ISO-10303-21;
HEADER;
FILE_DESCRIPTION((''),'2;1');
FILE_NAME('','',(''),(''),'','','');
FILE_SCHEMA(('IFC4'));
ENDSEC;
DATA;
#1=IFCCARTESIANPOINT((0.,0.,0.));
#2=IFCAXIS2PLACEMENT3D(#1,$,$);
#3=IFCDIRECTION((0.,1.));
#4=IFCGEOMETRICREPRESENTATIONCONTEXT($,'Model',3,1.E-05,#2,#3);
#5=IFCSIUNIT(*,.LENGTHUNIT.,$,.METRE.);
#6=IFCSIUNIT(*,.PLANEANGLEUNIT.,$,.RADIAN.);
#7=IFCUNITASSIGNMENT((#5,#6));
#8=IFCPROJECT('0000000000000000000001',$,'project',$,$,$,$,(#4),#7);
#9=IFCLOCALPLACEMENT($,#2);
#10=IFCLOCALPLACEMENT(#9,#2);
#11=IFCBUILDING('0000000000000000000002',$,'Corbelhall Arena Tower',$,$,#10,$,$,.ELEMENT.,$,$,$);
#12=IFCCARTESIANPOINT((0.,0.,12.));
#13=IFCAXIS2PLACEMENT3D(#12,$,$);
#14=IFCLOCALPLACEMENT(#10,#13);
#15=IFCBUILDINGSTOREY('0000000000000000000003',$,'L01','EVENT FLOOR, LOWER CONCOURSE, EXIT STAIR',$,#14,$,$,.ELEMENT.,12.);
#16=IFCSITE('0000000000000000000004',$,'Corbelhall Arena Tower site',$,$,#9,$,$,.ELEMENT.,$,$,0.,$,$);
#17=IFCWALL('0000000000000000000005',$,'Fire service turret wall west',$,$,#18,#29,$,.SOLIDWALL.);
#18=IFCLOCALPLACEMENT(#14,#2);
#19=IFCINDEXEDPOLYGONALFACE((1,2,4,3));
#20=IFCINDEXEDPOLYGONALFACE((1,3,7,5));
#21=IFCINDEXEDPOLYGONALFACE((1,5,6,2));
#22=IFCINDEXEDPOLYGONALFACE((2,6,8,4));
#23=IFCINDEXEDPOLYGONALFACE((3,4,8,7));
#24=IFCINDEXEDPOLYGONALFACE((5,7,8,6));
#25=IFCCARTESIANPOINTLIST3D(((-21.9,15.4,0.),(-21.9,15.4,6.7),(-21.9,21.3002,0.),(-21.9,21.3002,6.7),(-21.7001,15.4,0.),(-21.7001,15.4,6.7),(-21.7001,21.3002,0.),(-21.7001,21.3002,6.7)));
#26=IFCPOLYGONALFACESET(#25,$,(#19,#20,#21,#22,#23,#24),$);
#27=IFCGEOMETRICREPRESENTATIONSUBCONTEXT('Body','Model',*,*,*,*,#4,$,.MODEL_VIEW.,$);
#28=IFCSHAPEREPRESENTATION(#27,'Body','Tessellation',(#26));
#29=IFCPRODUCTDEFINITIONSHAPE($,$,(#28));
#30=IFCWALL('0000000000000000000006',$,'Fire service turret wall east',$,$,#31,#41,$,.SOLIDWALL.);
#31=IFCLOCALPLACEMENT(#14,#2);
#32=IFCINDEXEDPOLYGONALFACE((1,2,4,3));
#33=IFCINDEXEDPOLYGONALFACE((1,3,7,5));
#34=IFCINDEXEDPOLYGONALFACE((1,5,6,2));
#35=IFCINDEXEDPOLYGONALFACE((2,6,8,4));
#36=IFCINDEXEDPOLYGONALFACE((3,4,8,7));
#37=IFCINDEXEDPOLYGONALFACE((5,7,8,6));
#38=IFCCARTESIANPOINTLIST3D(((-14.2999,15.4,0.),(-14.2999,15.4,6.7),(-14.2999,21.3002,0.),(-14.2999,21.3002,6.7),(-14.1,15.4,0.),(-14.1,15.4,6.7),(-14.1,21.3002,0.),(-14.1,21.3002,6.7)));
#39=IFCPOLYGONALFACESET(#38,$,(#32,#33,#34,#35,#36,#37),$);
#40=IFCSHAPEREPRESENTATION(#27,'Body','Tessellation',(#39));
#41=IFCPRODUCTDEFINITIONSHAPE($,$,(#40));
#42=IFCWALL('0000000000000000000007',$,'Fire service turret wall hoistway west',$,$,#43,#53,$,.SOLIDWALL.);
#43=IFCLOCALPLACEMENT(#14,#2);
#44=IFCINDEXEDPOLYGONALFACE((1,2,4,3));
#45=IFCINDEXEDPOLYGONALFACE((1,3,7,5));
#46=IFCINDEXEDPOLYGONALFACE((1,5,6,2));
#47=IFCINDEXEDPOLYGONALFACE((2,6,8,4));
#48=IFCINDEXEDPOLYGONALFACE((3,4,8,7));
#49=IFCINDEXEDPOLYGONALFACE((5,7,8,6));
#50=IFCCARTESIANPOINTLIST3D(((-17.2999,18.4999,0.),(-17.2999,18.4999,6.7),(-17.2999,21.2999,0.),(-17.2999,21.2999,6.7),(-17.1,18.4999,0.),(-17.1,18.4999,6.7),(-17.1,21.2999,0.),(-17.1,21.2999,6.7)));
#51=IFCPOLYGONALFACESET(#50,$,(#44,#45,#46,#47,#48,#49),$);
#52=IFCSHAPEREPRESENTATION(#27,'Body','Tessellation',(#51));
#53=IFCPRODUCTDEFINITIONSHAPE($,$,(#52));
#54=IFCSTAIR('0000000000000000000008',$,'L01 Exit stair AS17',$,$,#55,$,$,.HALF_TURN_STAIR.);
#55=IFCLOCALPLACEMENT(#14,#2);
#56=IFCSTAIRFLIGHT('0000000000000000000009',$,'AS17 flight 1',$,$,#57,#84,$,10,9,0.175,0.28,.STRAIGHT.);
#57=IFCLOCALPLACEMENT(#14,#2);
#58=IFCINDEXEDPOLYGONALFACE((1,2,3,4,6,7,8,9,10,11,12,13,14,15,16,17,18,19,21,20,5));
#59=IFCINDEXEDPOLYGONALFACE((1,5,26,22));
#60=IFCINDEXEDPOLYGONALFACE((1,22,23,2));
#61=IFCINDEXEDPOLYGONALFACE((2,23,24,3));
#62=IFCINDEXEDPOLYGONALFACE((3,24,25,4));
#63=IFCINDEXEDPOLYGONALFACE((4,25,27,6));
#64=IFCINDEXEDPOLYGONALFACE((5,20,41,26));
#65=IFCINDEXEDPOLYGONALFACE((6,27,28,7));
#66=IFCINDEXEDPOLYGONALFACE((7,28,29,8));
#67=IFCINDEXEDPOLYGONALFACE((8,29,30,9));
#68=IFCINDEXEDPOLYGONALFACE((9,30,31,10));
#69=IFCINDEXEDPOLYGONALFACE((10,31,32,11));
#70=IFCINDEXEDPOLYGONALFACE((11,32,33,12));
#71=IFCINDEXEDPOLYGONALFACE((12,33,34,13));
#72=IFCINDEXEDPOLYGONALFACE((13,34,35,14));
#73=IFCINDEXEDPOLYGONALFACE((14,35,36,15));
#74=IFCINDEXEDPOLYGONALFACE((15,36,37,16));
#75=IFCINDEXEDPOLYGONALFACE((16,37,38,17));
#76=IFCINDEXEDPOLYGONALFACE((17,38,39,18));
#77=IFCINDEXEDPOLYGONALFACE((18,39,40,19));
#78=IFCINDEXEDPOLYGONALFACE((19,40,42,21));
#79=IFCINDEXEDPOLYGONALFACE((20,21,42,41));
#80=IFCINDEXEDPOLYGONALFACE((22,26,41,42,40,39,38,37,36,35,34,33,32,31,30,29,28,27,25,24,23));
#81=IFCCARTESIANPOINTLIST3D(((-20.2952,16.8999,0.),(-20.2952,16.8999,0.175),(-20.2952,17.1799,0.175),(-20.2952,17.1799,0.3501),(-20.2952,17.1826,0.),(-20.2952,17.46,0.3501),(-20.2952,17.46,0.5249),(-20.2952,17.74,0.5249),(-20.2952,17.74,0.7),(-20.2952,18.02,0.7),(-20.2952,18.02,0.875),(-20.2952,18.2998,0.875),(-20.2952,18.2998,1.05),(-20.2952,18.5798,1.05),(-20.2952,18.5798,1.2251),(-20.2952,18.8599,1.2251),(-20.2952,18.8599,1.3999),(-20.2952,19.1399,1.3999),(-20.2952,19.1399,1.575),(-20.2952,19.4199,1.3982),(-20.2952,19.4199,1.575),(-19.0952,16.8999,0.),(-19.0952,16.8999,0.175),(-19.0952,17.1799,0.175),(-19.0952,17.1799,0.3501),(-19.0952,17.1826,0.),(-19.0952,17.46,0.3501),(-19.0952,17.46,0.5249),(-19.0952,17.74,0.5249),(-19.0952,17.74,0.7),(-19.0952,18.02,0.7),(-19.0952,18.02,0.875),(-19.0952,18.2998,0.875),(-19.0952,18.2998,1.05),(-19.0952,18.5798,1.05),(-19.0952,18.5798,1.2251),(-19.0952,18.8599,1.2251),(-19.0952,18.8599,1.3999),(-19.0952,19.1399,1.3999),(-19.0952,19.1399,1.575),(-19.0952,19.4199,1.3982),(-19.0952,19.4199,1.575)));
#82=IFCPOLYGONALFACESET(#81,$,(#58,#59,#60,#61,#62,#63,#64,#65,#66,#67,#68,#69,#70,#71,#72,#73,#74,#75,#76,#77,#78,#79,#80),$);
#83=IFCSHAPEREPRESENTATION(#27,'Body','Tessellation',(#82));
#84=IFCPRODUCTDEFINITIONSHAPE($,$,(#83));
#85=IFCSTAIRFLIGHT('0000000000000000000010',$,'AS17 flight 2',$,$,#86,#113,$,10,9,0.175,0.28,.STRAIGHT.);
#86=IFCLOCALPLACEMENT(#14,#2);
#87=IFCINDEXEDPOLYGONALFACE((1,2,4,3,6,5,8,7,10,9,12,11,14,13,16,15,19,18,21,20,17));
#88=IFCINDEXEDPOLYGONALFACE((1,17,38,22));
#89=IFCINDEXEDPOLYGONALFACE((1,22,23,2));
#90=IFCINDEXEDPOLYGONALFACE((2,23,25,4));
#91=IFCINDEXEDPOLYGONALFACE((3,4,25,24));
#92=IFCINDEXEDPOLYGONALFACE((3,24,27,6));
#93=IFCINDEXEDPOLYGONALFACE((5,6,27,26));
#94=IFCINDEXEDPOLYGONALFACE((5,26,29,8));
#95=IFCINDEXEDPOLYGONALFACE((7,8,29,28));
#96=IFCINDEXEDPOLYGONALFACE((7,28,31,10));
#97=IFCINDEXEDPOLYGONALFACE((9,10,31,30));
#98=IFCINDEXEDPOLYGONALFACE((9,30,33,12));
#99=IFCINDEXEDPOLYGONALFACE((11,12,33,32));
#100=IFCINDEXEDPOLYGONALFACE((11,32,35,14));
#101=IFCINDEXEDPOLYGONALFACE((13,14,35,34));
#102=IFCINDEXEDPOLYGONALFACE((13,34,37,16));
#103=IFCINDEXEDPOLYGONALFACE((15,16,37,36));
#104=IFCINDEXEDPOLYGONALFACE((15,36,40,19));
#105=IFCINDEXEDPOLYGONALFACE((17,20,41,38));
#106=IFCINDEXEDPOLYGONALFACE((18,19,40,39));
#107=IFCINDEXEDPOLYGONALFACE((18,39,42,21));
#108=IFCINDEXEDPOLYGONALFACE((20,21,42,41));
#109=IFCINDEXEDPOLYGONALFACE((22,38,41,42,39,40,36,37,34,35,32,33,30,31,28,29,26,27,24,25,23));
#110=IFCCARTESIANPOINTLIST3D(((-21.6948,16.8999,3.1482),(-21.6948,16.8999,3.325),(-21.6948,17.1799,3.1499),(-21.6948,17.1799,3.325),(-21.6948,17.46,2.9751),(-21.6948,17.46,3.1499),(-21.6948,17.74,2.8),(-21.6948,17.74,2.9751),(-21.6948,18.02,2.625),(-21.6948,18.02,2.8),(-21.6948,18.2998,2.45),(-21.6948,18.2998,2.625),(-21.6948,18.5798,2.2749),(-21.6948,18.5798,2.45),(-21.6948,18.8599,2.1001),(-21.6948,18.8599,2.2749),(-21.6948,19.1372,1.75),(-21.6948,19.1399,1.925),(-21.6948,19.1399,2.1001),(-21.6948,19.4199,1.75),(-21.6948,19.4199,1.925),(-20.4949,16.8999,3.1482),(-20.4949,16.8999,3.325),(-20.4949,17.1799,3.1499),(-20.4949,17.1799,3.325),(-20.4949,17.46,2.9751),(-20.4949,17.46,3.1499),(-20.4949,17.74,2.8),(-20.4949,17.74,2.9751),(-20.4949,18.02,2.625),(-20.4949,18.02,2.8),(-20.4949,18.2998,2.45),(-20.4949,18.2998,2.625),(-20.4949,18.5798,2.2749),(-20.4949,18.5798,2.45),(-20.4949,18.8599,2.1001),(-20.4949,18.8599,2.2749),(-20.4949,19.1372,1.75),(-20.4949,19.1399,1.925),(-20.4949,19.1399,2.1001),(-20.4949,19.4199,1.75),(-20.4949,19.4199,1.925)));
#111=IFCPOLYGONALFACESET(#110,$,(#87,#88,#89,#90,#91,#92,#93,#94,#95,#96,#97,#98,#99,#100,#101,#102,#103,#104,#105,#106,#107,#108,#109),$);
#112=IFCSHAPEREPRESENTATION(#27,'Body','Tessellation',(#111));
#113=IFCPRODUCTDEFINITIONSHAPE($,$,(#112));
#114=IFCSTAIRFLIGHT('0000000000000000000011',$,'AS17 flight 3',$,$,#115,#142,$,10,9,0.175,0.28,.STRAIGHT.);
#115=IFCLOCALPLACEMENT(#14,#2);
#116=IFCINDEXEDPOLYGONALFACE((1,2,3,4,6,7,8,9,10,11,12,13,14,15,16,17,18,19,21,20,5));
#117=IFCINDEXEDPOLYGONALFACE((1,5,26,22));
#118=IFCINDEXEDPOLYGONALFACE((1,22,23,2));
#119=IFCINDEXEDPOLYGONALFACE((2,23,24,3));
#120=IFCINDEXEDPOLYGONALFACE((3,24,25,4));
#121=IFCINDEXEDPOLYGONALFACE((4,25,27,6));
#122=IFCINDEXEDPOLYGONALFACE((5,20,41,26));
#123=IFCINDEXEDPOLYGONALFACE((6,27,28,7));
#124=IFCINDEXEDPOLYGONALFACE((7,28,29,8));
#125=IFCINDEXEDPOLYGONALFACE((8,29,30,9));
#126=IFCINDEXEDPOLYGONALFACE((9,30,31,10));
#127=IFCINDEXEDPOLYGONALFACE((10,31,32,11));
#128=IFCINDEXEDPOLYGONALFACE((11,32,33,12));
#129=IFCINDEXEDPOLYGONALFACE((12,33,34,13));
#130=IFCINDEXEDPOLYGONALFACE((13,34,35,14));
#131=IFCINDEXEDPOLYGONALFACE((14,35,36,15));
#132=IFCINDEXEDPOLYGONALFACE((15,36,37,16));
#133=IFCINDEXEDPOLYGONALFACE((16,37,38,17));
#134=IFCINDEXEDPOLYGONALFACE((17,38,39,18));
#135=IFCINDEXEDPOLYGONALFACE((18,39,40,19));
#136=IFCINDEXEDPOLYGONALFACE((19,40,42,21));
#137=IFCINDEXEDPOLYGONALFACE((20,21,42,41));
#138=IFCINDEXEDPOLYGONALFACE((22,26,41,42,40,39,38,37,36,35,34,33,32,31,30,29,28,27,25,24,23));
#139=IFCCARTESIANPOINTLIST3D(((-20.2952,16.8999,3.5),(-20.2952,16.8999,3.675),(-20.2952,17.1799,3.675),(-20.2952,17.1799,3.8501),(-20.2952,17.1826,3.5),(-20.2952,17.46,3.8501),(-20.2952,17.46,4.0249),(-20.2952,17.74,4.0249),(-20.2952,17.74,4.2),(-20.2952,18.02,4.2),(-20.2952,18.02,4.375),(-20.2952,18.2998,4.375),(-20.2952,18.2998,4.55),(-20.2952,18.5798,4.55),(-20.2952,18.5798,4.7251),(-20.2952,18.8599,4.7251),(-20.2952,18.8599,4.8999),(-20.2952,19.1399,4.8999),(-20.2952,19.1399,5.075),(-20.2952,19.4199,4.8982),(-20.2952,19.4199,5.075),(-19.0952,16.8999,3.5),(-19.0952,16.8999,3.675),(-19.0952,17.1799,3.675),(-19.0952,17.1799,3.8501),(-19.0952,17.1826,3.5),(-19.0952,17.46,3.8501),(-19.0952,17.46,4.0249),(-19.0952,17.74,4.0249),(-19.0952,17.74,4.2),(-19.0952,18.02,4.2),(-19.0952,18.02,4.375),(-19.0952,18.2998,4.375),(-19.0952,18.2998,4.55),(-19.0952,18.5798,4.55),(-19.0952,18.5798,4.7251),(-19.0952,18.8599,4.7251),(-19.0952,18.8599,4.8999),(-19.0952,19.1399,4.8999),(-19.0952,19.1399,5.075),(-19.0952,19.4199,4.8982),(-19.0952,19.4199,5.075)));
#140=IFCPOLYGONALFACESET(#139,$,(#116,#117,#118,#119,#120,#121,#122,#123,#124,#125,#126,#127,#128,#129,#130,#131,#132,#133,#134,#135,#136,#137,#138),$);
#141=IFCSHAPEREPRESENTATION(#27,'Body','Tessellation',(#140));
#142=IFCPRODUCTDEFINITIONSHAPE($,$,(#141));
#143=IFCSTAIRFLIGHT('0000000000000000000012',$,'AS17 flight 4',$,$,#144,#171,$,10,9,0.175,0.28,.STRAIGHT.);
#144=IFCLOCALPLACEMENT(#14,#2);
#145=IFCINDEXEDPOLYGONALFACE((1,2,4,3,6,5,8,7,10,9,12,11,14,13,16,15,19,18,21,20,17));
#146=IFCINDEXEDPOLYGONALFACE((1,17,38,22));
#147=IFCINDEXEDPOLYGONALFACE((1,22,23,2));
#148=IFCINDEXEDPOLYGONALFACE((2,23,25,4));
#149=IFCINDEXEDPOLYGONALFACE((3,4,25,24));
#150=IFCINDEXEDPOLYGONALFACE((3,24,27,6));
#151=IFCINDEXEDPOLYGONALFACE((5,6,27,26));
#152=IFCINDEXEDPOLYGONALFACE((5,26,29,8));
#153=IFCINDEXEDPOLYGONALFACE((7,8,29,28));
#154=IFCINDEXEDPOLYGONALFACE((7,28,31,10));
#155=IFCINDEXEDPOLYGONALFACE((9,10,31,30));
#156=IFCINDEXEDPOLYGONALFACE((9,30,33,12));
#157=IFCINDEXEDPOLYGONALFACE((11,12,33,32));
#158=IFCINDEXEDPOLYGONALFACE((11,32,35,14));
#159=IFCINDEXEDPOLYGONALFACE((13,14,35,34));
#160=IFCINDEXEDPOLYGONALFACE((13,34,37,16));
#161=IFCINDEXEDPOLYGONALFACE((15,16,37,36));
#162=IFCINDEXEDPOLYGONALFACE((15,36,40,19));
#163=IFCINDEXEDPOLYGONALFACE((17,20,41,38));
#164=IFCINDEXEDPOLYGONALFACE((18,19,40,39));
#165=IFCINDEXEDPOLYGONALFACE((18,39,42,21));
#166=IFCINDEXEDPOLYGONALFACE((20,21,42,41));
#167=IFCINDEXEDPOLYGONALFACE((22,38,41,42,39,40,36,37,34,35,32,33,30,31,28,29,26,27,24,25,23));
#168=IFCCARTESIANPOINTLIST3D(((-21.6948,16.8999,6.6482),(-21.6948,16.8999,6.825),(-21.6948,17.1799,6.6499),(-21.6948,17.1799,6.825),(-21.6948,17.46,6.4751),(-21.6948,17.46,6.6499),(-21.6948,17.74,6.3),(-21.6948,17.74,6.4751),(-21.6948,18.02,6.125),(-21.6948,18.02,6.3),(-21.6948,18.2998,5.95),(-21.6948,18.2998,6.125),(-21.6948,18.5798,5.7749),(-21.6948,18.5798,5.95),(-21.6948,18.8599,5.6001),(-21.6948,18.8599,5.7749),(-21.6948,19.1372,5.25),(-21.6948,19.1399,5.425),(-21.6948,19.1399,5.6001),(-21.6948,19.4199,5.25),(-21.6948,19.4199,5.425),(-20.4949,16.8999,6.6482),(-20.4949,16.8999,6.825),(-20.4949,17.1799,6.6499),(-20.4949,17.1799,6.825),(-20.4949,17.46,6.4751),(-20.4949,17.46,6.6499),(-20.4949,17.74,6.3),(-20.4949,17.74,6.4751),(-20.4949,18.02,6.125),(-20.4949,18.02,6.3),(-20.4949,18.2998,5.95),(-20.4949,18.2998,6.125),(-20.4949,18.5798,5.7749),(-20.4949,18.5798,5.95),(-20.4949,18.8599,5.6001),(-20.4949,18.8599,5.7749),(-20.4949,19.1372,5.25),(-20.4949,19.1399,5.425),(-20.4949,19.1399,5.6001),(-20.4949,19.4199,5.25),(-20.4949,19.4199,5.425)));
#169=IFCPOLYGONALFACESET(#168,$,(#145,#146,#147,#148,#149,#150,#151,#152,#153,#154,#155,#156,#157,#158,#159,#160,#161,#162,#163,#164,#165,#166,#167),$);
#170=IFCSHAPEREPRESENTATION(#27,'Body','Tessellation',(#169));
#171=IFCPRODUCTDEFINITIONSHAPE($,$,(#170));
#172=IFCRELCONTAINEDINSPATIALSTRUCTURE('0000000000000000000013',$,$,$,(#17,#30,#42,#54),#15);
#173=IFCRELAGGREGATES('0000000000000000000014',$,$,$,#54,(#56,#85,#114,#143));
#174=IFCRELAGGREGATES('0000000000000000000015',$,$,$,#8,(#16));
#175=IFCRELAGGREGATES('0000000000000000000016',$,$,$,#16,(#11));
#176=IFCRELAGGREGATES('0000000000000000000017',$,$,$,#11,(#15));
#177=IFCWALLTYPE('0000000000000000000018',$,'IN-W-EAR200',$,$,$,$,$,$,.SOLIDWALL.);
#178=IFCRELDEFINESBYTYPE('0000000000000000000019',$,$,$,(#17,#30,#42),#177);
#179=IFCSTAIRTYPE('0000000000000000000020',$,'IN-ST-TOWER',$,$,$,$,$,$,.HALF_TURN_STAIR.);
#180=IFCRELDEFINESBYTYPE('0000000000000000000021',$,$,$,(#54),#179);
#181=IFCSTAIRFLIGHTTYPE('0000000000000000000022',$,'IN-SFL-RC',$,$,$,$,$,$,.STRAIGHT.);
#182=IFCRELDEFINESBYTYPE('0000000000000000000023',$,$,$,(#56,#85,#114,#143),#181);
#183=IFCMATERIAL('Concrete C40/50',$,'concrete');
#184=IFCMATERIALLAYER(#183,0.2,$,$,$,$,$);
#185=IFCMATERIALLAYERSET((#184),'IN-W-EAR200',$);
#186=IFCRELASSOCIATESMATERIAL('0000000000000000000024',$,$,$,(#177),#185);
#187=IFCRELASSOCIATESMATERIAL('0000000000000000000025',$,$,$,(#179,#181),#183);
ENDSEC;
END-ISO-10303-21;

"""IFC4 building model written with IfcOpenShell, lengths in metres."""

from ifc_helpers import new_model, si_unit, direction, frame, frame_2d, origin, place, context, subcontext, project, spatial, polyline, rectangle, outline, extrude, material, layer, layer_set, type_object, element, aggregate, save


model = new_model("IFC4")

# Units and contexts
model_context = context("Model", 3, precision=1e-05, world=origin(), true_north=direction((0.0, 1.0)))
body_context = subcontext(model_context, "Body", "Model", "MODEL_VIEW")
ifc_project = project(units=[si_unit("LENGTHUNIT", "METRE"), si_unit("PLANEANGLEUNIT", "RADIAN")], contexts=[model_context])

# Site, building, storey
site_placement = place(None, origin())
site = spatial("IfcSite", under=ifc_project, at=site_placement, Name="Corbelhall Arena Tower site", CompositionType="ELEMENT", RefElevation=0.0)
building_placement = place(site_placement, origin())
building = spatial("IfcBuilding", under=site, at=building_placement, Name="Corbelhall Arena Tower", CompositionType="ELEMENT")
storey_placement = place(building_placement, frame((0.0, 0.0, 12.0)))
storey = spatial("IfcBuildingStorey", under=building, at=storey_placement, Name="L01", Description="EVENT FLOOR, LOWER CONCOURSE, EXIT STAIR", CompositionType="ELEMENT", Elevation=12.0)

# Walls
ifc_material_1 = material(Name="Concrete C40/50", Category="concrete")
ifc_layer_1 = layer(ifc_material_1, 0.2)
ifc_layer_set_1 = layer_set([ifc_layer_1], Name="IN-W-EAR200")
wall_type_1 = type_object("IfcWallType", Name="IN-W-EAR200", PredefinedType="SOLIDWALL", material=ifc_layer_set_1)
for number, where, z_axis, x_axis, name in (
    (1, (-21.8, 15.3999, 0.0), (0.0, 0.0, 1.0), (0.0, 1.0, 0.0), "Fire service turret wall west"),
    (2, (-14.2, 15.3999, 0.0), (0.0, 0.0, 1.0), (0.0, 1.0, 0.0), "Fire service turret wall east"),
):
    element("IfcWall", number, at=place(storey_placement, frame(where, z_axis=z_axis, x_axis=x_axis)), inside=storey, type_object=wall_type_1, Name=name, PredefinedType="SOLIDWALL", context=body_context, shape_type="SweptSolid", body=[
        extrude(rectangle(XDim=5.9001, YDim=0.2, at=frame_2d((2.9502, 0.0))), origin(), (0.0, 0.0, 1.0), 6.7),
    ])

# Wall
wall_1_placement = place(storey_placement, frame((-17.2, 18.5, 0.0), z_axis=(0.0, 0.0, 1.0), x_axis=(0.0, 1.0, 0.0)))
element("IfcWall", 3, at=wall_1_placement, inside=storey, type_object=wall_type_1, Name="Fire service turret wall hoistway west", PredefinedType="SOLIDWALL", context=body_context, shape_type="SweptSolid", body=[
    extrude(rectangle(XDim=2.8, YDim=0.2, at=frame_2d((1.3999, 0.0))), origin(), (0.0, 0.0, 1.0), 6.7),
])

# Stair, stair flights
stair_type_1 = type_object("IfcStairType", Name="IN-ST-TOWER", PredefinedType="HALF_TURN_STAIR", material=ifc_material_1)
stair_1_placement = place(storey_placement, origin())
stair_1 = element("IfcStair", 4, at=stair_1_placement, inside=storey, type_object=stair_type_1, Name="L01 Exit stair AS17", PredefinedType="HALF_TURN_STAIR")
stair_flight_type = type_object("IfcStairFlightType", Name="IN-SFL-RC", PredefinedType="STRAIGHT", material=ifc_material_1)
stair_flight_1_placement = place(storey_placement, frame((-19.6951, 16.8999, 0.0), z_axis=(0.0, 0.0, 1.0), x_axis=(0.0, 1.0, 0.0)))
stair_flight_1 = element("IfcStairFlight", 5, at=stair_flight_1_placement, type_object=stair_flight_type, Name="AS17 flight 1", NumberOfRisers=10, NumberOfTreads=9, PredefinedType="STRAIGHT", RiserHeight=0.175, TreadLength=0.28, context=body_context, shape_type="SweptSolid", body=[
    extrude(outline(polyline([(0.0, 0.0), (0.0, 0.175), (0.28, 0.175), (0.28, 0.3501), (0.5601, 0.3501), (0.5601, 0.5249), (0.8401, 0.5249), (0.8401, 0.7), (1.1201, 0.7), (1.1201, 0.875), (1.3999, 0.875), (1.3999, 1.05), (1.6799, 1.05), (1.6799, 1.2251), (1.96, 1.2251), (1.96, 1.3999), (2.24, 1.3999), (2.24, 1.575), (2.52, 1.575), (2.52, 1.75), (2.52, 1.3982), (0.2827, 0.0), (0.0, 0.0)])), frame((0.0, 0.6001, 0.0), z_axis=(0.0, -1.0, 0.0), x_axis=(1.0, 0.0, 0.0)), (0.0, 0.0, 1.0), 1.2),
])
stair_flight_2_placement = place(storey_placement, frame((-21.095, 19.4199, 1.75), z_axis=(0.0, 0.0, 1.0), x_axis=(0.0, -1.0, 0.0)))
stair_flight_2 = element("IfcStairFlight", 6, at=stair_flight_2_placement, type_object=stair_flight_type, Name="AS17 flight 2", NumberOfRisers=10, NumberOfTreads=9, PredefinedType="STRAIGHT", RiserHeight=0.175, TreadLength=0.28, context=body_context, shape_type="SweptSolid", body=[
    extrude(outline(polyline([(0.0, 0.0), (0.0, 0.175), (0.28, 0.175), (0.28, 0.3501), (0.5601, 0.3501), (0.5601, 0.5249), (0.8401, 0.5249), (0.8401, 0.7), (1.1201, 0.7), (1.1201, 0.875), (1.3999, 0.875), (1.3999, 1.05), (1.6799, 1.05), (1.6799, 1.2251), (1.96, 1.2251), (1.96, 1.3999), (2.24, 1.3999), (2.24, 1.575), (2.52, 1.575), (2.52, 1.75), (2.52, 1.3982), (0.2827, 0.0), (0.0, 0.0)])), frame((0.0, 0.6001, 0.0), z_axis=(0.0, -1.0, 0.0), x_axis=(1.0, 0.0, 0.0)), (0.0, 0.0, 1.0), 1.2),
])
stair_flight_3_placement = place(storey_placement, frame((-19.6951, 16.8999, 3.5), z_axis=(0.0, 0.0, 1.0), x_axis=(0.0, 1.0, 0.0)))
stair_flight_3 = element("IfcStairFlight", 7, at=stair_flight_3_placement, type_object=stair_flight_type, Name="AS17 flight 3", NumberOfRisers=10, NumberOfTreads=9, PredefinedType="STRAIGHT", RiserHeight=0.175, TreadLength=0.28, context=body_context, shape_type="SweptSolid", body=[
    extrude(outline(polyline([(0.0, 0.0), (0.0, 0.175), (0.28, 0.175), (0.28, 0.3501), (0.5601, 0.3501), (0.5601, 0.5249), (0.8401, 0.5249), (0.8401, 0.7), (1.1201, 0.7), (1.1201, 0.875), (1.3999, 0.875), (1.3999, 1.05), (1.6799, 1.05), (1.6799, 1.2251), (1.96, 1.2251), (1.96, 1.3999), (2.24, 1.3999), (2.24, 1.575), (2.52, 1.575), (2.52, 1.75), (2.52, 1.3982), (0.2827, 0.0), (0.0, 0.0)])), frame((0.0, 0.6001, 0.0), z_axis=(0.0, -1.0, 0.0), x_axis=(1.0, 0.0, 0.0)), (0.0, 0.0, 1.0), 1.2),
])
stair_flight_4_placement = place(storey_placement, frame((-21.095, 19.4199, 5.25), z_axis=(0.0, 0.0, 1.0), x_axis=(0.0, -1.0, 0.0)))
stair_flight_4 = element("IfcStairFlight", 8, at=stair_flight_4_placement, type_object=stair_flight_type, Name="AS17 flight 4", NumberOfRisers=10, NumberOfTreads=9, PredefinedType="STRAIGHT", RiserHeight=0.175, TreadLength=0.28, context=body_context, shape_type="SweptSolid", body=[
    extrude(outline(polyline([(0.0, 0.0), (0.0, 0.175), (0.28, 0.175), (0.28, 0.3501), (0.5601, 0.3501), (0.5601, 0.5249), (0.8401, 0.5249), (0.8401, 0.7), (1.1201, 0.7), (1.1201, 0.875), (1.3999, 0.875), (1.3999, 1.05), (1.6799, 1.05), (1.6799, 1.2251), (1.96, 1.2251), (1.96, 1.3999), (2.24, 1.3999), (2.24, 1.575), (2.52, 1.575), (2.52, 1.75), (2.52, 1.3982), (0.2827, 0.0), (0.0, 0.0)])), frame((0.0, 0.6001, 0.0), z_axis=(0.0, -1.0, 0.0), x_axis=(1.0, 0.0, 0.0)), (0.0, 0.0, 1.0), 1.2),
])
aggregate(stair_1, [stair_flight_1, stair_flight_2, stair_flight_3, stair_flight_4])

save(model, "model.ifc")
